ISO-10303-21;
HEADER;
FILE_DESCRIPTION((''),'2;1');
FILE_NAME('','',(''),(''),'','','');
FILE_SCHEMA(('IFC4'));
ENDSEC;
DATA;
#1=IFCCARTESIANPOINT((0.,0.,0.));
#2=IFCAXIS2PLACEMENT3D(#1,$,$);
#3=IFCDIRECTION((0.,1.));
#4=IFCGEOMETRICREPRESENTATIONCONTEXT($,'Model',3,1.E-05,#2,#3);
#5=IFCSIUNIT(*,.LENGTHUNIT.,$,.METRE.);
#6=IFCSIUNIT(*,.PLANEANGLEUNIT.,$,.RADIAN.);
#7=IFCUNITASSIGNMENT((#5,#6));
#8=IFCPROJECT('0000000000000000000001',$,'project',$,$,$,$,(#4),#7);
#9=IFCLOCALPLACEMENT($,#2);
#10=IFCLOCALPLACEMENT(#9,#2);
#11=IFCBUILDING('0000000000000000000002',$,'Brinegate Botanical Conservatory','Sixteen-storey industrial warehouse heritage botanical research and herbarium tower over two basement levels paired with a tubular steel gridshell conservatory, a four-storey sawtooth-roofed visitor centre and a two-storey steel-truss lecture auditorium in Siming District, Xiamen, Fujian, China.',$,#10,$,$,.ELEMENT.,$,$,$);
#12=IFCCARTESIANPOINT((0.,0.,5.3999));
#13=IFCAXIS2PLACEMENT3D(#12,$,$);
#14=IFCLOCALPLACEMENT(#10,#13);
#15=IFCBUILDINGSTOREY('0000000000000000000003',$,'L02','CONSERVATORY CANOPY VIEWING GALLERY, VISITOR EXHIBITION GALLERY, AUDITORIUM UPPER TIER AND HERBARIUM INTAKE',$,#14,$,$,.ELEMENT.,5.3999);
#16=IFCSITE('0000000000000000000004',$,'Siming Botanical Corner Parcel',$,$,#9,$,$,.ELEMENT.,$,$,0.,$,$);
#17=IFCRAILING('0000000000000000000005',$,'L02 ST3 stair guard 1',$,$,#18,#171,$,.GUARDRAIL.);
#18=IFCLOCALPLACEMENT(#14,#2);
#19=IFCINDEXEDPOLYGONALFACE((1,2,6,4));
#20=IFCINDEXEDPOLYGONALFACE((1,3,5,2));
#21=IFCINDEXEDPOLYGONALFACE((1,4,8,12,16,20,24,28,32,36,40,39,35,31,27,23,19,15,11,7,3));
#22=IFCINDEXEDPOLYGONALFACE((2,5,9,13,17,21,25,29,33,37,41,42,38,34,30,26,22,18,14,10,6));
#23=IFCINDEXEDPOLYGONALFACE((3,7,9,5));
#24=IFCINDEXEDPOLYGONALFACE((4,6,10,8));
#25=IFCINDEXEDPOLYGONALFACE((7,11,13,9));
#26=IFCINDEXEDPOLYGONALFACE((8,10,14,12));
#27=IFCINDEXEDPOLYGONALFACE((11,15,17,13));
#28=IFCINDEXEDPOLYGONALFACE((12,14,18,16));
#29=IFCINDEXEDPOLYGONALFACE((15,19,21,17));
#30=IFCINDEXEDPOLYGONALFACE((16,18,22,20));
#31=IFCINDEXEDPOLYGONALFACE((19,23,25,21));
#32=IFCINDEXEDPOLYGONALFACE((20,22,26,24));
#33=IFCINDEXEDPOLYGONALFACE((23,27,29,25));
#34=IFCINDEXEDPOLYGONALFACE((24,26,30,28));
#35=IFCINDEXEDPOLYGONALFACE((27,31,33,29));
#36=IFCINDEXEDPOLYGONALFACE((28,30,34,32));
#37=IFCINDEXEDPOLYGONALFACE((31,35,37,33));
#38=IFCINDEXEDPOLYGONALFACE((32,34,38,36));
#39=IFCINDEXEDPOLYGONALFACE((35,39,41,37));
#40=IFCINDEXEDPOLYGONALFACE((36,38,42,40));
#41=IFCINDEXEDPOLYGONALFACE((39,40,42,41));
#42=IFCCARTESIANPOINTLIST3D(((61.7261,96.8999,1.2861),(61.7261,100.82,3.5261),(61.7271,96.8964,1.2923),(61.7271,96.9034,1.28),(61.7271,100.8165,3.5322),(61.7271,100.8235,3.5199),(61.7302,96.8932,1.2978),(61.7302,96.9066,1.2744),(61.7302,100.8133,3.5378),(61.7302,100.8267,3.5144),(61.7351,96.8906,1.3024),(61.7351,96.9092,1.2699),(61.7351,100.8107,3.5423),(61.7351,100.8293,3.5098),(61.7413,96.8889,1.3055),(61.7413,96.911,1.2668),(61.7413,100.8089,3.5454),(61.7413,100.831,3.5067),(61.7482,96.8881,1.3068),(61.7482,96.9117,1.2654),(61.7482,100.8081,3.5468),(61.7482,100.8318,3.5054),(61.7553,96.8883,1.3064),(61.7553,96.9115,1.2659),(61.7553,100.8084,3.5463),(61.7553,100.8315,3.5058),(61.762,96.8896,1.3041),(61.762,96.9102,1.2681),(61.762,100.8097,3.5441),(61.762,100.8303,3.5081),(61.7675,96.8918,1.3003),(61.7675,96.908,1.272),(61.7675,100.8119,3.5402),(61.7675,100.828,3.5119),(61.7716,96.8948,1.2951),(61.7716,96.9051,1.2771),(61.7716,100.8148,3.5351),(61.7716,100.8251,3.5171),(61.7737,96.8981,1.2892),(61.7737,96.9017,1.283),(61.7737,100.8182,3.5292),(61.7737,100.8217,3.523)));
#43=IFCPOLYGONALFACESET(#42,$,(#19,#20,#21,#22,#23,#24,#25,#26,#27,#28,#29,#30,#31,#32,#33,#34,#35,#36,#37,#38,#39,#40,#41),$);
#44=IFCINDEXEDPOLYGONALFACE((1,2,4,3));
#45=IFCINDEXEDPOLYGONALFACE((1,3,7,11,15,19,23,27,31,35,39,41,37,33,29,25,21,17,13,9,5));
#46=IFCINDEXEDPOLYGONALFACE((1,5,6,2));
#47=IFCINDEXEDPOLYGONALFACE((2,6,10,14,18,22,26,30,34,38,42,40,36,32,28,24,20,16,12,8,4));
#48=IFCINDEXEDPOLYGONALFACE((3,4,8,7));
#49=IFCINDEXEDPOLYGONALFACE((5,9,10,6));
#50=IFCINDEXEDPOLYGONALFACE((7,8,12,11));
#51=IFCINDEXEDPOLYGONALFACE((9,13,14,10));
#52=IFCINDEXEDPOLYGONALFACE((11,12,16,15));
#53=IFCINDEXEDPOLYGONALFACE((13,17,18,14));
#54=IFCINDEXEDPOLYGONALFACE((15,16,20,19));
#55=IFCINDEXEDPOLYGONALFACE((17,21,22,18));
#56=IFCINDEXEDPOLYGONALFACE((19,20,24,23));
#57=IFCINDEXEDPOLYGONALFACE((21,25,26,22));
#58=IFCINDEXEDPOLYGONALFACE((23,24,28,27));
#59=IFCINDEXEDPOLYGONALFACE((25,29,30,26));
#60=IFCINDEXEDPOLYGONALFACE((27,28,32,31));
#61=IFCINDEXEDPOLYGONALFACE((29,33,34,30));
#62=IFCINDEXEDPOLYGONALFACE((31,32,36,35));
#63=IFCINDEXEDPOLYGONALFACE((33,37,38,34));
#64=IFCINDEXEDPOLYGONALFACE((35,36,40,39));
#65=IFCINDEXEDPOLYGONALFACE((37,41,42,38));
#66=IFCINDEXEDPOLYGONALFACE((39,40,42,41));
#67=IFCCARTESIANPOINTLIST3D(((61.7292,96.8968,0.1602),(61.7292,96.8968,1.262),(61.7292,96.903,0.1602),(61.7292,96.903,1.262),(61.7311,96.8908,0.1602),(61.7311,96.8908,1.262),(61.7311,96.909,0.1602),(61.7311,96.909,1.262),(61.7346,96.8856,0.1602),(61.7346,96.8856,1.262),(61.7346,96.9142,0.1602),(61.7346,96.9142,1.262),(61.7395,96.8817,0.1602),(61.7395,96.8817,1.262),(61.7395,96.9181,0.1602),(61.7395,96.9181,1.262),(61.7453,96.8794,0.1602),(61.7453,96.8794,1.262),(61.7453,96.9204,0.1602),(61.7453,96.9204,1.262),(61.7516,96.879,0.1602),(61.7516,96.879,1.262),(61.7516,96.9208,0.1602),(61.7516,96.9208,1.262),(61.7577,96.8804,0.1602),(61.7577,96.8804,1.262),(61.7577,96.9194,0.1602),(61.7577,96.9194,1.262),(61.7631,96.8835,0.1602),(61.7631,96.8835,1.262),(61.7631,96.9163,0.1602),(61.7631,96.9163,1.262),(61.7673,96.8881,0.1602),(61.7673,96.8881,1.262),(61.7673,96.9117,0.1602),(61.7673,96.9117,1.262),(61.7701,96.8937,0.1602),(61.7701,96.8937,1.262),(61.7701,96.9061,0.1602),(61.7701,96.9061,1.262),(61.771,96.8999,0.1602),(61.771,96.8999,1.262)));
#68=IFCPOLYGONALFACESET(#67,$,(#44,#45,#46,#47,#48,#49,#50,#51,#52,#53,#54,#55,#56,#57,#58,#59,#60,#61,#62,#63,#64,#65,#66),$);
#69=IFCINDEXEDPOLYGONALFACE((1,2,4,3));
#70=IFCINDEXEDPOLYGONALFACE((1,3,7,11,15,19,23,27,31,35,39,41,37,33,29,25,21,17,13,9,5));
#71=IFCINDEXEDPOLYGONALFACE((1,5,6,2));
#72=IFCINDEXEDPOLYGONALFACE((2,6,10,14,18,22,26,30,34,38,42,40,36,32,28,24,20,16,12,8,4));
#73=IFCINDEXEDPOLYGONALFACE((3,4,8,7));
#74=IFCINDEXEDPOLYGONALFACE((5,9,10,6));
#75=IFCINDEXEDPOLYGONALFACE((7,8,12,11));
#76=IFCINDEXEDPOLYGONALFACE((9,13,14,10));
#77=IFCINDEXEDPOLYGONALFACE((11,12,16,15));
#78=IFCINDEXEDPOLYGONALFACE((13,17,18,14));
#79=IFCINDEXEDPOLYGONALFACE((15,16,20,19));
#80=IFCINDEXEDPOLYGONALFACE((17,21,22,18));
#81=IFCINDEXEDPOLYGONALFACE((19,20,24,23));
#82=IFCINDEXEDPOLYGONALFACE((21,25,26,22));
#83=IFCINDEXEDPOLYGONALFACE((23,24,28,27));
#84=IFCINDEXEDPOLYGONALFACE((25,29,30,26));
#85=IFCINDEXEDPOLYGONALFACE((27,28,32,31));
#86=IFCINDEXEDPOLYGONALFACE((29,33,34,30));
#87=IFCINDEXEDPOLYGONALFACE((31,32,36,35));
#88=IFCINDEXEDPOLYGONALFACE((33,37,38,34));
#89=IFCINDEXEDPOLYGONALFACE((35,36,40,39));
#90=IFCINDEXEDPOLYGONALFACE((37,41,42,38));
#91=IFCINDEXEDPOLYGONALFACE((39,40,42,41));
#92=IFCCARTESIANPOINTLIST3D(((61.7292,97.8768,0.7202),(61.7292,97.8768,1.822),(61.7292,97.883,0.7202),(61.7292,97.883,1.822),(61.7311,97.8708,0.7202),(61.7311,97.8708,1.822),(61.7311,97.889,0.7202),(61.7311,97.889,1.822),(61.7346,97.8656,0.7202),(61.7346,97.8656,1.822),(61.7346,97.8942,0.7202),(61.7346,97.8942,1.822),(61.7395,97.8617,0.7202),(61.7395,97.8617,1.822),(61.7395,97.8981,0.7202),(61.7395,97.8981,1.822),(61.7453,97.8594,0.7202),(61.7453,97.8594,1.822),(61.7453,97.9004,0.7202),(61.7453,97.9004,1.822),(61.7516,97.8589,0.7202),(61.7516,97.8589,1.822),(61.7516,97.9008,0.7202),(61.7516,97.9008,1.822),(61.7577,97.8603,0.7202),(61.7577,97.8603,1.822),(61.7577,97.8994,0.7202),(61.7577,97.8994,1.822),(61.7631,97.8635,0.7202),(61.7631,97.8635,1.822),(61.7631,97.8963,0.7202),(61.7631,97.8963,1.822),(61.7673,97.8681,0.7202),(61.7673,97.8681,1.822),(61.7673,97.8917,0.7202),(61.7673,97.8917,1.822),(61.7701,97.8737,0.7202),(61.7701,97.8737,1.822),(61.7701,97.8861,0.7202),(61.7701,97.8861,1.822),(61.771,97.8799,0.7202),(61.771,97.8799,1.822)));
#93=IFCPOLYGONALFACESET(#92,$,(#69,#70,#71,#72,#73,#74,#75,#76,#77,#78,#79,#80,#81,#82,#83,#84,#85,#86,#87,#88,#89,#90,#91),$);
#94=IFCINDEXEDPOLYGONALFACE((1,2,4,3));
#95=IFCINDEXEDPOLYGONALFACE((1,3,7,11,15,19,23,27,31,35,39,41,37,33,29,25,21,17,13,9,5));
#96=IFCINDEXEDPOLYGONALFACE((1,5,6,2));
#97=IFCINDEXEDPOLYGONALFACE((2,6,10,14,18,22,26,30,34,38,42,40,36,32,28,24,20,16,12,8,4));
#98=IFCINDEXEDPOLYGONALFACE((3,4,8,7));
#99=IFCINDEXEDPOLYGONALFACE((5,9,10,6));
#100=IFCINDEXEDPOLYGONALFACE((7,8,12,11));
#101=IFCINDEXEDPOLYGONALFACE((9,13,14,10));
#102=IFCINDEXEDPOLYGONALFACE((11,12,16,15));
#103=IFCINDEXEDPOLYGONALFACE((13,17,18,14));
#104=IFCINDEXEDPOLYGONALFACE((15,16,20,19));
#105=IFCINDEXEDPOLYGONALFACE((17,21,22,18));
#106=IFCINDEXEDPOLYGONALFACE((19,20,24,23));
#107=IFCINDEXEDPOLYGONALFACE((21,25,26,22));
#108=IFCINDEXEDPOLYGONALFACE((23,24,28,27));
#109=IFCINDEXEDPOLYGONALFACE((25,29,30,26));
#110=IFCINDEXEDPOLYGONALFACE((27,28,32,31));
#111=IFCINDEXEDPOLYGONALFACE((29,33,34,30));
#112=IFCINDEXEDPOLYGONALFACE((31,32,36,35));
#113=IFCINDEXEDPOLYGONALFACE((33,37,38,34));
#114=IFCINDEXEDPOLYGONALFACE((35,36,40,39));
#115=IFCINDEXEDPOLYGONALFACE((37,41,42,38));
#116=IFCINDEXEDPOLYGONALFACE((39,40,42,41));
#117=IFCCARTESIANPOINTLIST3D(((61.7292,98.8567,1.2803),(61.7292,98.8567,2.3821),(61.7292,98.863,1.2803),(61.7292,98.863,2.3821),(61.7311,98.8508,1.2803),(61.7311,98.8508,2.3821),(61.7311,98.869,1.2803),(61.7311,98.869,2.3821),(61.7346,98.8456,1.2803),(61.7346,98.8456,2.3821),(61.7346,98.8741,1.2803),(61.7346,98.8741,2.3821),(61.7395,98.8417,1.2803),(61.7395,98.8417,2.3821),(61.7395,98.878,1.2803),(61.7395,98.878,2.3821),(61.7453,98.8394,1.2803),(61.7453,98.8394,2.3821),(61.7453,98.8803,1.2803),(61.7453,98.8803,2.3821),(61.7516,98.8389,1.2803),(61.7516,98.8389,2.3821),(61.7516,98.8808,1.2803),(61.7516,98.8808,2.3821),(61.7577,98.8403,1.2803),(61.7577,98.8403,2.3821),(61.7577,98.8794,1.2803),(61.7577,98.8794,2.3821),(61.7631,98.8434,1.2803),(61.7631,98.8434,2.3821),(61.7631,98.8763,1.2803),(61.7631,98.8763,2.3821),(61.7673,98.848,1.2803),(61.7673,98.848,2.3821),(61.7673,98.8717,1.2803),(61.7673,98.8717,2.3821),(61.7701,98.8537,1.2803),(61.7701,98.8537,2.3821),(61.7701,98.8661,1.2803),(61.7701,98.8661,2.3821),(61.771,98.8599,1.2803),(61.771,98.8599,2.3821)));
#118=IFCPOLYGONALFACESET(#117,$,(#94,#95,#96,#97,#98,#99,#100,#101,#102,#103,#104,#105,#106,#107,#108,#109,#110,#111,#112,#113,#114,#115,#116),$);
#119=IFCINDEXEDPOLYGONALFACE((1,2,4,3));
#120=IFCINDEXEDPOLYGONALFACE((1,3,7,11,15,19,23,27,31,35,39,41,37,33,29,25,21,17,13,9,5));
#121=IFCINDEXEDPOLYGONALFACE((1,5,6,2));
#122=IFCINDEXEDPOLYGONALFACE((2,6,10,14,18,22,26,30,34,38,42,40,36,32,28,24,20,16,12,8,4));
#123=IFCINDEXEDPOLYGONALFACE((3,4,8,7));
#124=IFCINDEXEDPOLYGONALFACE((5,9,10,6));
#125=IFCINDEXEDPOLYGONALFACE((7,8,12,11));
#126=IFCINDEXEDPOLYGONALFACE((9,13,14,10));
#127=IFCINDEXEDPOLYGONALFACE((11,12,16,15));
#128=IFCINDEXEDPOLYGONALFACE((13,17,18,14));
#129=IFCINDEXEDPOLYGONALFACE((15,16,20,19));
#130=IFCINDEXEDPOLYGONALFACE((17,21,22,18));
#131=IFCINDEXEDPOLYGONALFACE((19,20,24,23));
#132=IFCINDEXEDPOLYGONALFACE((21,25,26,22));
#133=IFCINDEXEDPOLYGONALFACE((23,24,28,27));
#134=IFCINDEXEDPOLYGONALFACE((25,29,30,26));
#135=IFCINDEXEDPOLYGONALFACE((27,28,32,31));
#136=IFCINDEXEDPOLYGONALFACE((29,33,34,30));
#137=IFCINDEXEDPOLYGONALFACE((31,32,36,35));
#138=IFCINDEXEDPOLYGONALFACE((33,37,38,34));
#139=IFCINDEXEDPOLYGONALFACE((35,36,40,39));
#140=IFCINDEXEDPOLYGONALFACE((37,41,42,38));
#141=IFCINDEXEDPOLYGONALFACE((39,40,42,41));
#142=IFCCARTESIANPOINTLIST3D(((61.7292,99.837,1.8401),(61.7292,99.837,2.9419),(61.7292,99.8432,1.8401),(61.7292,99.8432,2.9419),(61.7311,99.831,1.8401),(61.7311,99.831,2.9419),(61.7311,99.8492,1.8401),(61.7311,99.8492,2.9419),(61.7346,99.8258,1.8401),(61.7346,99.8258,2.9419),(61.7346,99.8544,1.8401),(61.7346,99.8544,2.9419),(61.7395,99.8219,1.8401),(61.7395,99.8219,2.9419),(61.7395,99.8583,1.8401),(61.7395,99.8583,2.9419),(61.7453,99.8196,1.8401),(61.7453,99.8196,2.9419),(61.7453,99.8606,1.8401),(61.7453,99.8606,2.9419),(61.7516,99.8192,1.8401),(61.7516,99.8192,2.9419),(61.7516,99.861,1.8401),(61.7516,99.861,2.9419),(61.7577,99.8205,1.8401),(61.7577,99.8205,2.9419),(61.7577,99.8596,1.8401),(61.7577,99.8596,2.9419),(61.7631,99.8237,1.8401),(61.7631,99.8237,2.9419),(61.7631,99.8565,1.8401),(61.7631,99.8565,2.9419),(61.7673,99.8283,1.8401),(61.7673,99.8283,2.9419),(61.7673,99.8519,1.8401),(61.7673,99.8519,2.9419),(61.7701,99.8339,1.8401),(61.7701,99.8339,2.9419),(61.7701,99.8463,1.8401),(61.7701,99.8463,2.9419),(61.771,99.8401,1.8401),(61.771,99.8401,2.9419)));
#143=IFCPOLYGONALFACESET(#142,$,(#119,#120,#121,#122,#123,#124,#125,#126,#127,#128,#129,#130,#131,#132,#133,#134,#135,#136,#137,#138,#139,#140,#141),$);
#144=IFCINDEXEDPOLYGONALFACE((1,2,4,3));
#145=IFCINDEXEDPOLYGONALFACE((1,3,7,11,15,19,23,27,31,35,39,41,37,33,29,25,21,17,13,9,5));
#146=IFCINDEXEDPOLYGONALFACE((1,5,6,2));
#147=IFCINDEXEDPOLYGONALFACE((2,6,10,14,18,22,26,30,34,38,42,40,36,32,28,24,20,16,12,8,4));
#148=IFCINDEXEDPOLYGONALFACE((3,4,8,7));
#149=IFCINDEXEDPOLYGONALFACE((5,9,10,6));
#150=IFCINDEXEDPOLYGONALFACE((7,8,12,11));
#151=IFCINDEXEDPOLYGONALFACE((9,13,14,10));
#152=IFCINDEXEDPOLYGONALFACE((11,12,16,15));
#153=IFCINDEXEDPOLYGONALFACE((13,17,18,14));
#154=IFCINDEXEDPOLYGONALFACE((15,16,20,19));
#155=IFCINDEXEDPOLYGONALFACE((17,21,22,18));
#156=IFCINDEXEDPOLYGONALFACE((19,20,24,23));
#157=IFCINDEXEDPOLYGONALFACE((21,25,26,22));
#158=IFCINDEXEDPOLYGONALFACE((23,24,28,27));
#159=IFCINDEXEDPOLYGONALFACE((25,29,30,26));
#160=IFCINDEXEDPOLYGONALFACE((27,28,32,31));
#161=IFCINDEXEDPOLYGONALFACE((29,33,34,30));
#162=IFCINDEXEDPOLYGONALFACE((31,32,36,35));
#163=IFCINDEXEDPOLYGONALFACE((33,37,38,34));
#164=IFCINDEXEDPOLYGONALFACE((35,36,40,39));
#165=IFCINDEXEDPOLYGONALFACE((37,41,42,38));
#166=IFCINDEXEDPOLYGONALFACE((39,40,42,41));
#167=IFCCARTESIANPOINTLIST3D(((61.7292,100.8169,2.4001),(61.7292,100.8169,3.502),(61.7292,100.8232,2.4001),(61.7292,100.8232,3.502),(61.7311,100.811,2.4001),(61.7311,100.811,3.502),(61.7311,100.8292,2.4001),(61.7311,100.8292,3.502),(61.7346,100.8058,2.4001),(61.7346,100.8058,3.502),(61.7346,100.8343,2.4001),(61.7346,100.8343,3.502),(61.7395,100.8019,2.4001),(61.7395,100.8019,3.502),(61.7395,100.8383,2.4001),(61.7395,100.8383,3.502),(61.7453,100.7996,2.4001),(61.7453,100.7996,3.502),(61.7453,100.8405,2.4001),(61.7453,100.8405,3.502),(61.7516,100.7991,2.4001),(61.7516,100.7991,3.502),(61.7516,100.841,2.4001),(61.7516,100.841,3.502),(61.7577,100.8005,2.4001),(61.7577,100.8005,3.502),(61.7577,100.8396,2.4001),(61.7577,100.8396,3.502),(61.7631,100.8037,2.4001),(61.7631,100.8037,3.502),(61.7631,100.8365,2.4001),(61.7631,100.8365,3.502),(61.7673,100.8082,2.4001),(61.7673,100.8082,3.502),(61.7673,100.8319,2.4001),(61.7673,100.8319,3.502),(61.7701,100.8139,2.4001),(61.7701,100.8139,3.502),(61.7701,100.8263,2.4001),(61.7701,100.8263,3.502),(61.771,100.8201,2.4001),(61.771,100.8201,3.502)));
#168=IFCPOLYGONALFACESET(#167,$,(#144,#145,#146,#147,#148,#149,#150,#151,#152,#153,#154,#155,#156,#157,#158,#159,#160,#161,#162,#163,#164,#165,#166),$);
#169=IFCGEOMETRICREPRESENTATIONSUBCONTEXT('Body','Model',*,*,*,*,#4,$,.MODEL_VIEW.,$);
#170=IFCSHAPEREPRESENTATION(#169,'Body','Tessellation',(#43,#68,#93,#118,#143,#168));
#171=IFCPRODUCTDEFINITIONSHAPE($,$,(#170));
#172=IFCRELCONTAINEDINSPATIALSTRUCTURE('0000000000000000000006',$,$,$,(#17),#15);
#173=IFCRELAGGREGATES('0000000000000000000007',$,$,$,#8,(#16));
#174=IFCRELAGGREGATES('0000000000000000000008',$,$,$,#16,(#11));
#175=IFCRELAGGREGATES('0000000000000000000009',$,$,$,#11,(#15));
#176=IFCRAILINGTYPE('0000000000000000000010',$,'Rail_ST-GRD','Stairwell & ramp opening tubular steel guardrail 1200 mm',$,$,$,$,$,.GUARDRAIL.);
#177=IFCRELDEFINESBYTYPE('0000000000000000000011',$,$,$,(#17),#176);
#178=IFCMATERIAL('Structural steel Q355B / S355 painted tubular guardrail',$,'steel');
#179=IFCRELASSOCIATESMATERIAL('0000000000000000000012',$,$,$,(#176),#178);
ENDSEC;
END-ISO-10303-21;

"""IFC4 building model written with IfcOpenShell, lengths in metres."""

from ifc_helpers import new_model, si_unit, direction, frame, origin, origin_2d, place, context, subcontext, project, spatial, circle, extrude, material, type_object, element, save


model = new_model("IFC4")

# Units and contexts
model_context = context("Model", 3, precision=1e-05, world=origin(), true_north=direction((0.0, 1.0)))
body_context = subcontext(model_context, "Body", "Model", "MODEL_VIEW")
ifc_project = project(units=[si_unit("LENGTHUNIT", "METRE"), si_unit("PLANEANGLEUNIT", "RADIAN")], contexts=[model_context])

# Site, building, storey
site_placement = place(None, origin())
site = spatial("IfcSite", under=ifc_project, at=site_placement, Name="Siming Botanical Corner Parcel", CompositionType="ELEMENT", RefElevation=0.0)
building_placement = place(site_placement, origin())
building = spatial("IfcBuilding", under=site, at=building_placement, Name="Brinegate Botanical Conservatory", Description="Sixteen-storey industrial warehouse heritage botanical research and herbarium tower over two basement levels paired with a tubular steel gridshell conservatory, a four-storey sawtooth-roofed visitor centre and a two-storey steel-truss lecture auditorium in Siming District, Xiamen, Fujian, China.", CompositionType="ELEMENT")
storey_placement = place(building_placement, frame((0.0, 0.0, 5.3999)))
storey = spatial("IfcBuildingStorey", under=building, at=storey_placement, Name="L02", Description="CONSERVATORY CANOPY VIEWING GALLERY, VISITOR EXHIBITION GALLERY, AUDITORIUM UPPER TIER AND HERBARIUM INTAKE", CompositionType="ELEMENT", Elevation=5.3999)

# Railing
ifc_material_1 = material(Name="Structural steel Q355B / S355 painted tubular guardrail", Category="steel")
railing_type_1 = type_object("IfcRailingType", Name="Rail_ST-GRD", Description="Stairwell & ramp opening tubular steel guardrail 1200 mm", PredefinedType="GUARDRAIL", material=ifc_material_1)
railing_1_placement = place(storey_placement, frame((61.75, 96.8999, 0.1602)))
element("IfcRailing", 1, at=railing_1_placement, inside=storey, type_object=railing_type_1, Name="L02 ST3 stair guard 1", PredefinedType="GUARDRAIL", context=body_context, shape_type="SweptSolid", body=[
    extrude(circle(Radius=0.0239, at=origin_2d()), frame((0.0, 0.0, 1.126), z_axis=(0.0, 0.868253, 0.496121), x_axis=(-1.0, 0.0, 0.0)), (0.0, 0.0, 1.0), 4.5149),
    extrude(circle(Radius=0.021, at=origin_2d()), origin(), (0.0, 0.0, 1.0), 1.1018),
    extrude(circle(Radius=0.021, at=origin_2d()), frame((0.0, 0.98, 0.5601)), (0.0, 0.0, 1.0), 1.1018),
    extrude(circle(Radius=0.021, at=origin_2d()), frame((0.0, 1.96, 1.1201)), (0.0, 0.0, 1.0), 1.1018),
    extrude(circle(Radius=0.021, at=origin_2d()), frame((0.0, 2.9402, 1.6799)), (0.0, 0.0, 1.0), 1.1018),
    extrude(circle(Radius=0.021, at=origin_2d()), frame((0.0, 3.9202, 2.24)), (0.0, 0.0, 1.0), 1.1018),
])

save(model, "model.ifc")
